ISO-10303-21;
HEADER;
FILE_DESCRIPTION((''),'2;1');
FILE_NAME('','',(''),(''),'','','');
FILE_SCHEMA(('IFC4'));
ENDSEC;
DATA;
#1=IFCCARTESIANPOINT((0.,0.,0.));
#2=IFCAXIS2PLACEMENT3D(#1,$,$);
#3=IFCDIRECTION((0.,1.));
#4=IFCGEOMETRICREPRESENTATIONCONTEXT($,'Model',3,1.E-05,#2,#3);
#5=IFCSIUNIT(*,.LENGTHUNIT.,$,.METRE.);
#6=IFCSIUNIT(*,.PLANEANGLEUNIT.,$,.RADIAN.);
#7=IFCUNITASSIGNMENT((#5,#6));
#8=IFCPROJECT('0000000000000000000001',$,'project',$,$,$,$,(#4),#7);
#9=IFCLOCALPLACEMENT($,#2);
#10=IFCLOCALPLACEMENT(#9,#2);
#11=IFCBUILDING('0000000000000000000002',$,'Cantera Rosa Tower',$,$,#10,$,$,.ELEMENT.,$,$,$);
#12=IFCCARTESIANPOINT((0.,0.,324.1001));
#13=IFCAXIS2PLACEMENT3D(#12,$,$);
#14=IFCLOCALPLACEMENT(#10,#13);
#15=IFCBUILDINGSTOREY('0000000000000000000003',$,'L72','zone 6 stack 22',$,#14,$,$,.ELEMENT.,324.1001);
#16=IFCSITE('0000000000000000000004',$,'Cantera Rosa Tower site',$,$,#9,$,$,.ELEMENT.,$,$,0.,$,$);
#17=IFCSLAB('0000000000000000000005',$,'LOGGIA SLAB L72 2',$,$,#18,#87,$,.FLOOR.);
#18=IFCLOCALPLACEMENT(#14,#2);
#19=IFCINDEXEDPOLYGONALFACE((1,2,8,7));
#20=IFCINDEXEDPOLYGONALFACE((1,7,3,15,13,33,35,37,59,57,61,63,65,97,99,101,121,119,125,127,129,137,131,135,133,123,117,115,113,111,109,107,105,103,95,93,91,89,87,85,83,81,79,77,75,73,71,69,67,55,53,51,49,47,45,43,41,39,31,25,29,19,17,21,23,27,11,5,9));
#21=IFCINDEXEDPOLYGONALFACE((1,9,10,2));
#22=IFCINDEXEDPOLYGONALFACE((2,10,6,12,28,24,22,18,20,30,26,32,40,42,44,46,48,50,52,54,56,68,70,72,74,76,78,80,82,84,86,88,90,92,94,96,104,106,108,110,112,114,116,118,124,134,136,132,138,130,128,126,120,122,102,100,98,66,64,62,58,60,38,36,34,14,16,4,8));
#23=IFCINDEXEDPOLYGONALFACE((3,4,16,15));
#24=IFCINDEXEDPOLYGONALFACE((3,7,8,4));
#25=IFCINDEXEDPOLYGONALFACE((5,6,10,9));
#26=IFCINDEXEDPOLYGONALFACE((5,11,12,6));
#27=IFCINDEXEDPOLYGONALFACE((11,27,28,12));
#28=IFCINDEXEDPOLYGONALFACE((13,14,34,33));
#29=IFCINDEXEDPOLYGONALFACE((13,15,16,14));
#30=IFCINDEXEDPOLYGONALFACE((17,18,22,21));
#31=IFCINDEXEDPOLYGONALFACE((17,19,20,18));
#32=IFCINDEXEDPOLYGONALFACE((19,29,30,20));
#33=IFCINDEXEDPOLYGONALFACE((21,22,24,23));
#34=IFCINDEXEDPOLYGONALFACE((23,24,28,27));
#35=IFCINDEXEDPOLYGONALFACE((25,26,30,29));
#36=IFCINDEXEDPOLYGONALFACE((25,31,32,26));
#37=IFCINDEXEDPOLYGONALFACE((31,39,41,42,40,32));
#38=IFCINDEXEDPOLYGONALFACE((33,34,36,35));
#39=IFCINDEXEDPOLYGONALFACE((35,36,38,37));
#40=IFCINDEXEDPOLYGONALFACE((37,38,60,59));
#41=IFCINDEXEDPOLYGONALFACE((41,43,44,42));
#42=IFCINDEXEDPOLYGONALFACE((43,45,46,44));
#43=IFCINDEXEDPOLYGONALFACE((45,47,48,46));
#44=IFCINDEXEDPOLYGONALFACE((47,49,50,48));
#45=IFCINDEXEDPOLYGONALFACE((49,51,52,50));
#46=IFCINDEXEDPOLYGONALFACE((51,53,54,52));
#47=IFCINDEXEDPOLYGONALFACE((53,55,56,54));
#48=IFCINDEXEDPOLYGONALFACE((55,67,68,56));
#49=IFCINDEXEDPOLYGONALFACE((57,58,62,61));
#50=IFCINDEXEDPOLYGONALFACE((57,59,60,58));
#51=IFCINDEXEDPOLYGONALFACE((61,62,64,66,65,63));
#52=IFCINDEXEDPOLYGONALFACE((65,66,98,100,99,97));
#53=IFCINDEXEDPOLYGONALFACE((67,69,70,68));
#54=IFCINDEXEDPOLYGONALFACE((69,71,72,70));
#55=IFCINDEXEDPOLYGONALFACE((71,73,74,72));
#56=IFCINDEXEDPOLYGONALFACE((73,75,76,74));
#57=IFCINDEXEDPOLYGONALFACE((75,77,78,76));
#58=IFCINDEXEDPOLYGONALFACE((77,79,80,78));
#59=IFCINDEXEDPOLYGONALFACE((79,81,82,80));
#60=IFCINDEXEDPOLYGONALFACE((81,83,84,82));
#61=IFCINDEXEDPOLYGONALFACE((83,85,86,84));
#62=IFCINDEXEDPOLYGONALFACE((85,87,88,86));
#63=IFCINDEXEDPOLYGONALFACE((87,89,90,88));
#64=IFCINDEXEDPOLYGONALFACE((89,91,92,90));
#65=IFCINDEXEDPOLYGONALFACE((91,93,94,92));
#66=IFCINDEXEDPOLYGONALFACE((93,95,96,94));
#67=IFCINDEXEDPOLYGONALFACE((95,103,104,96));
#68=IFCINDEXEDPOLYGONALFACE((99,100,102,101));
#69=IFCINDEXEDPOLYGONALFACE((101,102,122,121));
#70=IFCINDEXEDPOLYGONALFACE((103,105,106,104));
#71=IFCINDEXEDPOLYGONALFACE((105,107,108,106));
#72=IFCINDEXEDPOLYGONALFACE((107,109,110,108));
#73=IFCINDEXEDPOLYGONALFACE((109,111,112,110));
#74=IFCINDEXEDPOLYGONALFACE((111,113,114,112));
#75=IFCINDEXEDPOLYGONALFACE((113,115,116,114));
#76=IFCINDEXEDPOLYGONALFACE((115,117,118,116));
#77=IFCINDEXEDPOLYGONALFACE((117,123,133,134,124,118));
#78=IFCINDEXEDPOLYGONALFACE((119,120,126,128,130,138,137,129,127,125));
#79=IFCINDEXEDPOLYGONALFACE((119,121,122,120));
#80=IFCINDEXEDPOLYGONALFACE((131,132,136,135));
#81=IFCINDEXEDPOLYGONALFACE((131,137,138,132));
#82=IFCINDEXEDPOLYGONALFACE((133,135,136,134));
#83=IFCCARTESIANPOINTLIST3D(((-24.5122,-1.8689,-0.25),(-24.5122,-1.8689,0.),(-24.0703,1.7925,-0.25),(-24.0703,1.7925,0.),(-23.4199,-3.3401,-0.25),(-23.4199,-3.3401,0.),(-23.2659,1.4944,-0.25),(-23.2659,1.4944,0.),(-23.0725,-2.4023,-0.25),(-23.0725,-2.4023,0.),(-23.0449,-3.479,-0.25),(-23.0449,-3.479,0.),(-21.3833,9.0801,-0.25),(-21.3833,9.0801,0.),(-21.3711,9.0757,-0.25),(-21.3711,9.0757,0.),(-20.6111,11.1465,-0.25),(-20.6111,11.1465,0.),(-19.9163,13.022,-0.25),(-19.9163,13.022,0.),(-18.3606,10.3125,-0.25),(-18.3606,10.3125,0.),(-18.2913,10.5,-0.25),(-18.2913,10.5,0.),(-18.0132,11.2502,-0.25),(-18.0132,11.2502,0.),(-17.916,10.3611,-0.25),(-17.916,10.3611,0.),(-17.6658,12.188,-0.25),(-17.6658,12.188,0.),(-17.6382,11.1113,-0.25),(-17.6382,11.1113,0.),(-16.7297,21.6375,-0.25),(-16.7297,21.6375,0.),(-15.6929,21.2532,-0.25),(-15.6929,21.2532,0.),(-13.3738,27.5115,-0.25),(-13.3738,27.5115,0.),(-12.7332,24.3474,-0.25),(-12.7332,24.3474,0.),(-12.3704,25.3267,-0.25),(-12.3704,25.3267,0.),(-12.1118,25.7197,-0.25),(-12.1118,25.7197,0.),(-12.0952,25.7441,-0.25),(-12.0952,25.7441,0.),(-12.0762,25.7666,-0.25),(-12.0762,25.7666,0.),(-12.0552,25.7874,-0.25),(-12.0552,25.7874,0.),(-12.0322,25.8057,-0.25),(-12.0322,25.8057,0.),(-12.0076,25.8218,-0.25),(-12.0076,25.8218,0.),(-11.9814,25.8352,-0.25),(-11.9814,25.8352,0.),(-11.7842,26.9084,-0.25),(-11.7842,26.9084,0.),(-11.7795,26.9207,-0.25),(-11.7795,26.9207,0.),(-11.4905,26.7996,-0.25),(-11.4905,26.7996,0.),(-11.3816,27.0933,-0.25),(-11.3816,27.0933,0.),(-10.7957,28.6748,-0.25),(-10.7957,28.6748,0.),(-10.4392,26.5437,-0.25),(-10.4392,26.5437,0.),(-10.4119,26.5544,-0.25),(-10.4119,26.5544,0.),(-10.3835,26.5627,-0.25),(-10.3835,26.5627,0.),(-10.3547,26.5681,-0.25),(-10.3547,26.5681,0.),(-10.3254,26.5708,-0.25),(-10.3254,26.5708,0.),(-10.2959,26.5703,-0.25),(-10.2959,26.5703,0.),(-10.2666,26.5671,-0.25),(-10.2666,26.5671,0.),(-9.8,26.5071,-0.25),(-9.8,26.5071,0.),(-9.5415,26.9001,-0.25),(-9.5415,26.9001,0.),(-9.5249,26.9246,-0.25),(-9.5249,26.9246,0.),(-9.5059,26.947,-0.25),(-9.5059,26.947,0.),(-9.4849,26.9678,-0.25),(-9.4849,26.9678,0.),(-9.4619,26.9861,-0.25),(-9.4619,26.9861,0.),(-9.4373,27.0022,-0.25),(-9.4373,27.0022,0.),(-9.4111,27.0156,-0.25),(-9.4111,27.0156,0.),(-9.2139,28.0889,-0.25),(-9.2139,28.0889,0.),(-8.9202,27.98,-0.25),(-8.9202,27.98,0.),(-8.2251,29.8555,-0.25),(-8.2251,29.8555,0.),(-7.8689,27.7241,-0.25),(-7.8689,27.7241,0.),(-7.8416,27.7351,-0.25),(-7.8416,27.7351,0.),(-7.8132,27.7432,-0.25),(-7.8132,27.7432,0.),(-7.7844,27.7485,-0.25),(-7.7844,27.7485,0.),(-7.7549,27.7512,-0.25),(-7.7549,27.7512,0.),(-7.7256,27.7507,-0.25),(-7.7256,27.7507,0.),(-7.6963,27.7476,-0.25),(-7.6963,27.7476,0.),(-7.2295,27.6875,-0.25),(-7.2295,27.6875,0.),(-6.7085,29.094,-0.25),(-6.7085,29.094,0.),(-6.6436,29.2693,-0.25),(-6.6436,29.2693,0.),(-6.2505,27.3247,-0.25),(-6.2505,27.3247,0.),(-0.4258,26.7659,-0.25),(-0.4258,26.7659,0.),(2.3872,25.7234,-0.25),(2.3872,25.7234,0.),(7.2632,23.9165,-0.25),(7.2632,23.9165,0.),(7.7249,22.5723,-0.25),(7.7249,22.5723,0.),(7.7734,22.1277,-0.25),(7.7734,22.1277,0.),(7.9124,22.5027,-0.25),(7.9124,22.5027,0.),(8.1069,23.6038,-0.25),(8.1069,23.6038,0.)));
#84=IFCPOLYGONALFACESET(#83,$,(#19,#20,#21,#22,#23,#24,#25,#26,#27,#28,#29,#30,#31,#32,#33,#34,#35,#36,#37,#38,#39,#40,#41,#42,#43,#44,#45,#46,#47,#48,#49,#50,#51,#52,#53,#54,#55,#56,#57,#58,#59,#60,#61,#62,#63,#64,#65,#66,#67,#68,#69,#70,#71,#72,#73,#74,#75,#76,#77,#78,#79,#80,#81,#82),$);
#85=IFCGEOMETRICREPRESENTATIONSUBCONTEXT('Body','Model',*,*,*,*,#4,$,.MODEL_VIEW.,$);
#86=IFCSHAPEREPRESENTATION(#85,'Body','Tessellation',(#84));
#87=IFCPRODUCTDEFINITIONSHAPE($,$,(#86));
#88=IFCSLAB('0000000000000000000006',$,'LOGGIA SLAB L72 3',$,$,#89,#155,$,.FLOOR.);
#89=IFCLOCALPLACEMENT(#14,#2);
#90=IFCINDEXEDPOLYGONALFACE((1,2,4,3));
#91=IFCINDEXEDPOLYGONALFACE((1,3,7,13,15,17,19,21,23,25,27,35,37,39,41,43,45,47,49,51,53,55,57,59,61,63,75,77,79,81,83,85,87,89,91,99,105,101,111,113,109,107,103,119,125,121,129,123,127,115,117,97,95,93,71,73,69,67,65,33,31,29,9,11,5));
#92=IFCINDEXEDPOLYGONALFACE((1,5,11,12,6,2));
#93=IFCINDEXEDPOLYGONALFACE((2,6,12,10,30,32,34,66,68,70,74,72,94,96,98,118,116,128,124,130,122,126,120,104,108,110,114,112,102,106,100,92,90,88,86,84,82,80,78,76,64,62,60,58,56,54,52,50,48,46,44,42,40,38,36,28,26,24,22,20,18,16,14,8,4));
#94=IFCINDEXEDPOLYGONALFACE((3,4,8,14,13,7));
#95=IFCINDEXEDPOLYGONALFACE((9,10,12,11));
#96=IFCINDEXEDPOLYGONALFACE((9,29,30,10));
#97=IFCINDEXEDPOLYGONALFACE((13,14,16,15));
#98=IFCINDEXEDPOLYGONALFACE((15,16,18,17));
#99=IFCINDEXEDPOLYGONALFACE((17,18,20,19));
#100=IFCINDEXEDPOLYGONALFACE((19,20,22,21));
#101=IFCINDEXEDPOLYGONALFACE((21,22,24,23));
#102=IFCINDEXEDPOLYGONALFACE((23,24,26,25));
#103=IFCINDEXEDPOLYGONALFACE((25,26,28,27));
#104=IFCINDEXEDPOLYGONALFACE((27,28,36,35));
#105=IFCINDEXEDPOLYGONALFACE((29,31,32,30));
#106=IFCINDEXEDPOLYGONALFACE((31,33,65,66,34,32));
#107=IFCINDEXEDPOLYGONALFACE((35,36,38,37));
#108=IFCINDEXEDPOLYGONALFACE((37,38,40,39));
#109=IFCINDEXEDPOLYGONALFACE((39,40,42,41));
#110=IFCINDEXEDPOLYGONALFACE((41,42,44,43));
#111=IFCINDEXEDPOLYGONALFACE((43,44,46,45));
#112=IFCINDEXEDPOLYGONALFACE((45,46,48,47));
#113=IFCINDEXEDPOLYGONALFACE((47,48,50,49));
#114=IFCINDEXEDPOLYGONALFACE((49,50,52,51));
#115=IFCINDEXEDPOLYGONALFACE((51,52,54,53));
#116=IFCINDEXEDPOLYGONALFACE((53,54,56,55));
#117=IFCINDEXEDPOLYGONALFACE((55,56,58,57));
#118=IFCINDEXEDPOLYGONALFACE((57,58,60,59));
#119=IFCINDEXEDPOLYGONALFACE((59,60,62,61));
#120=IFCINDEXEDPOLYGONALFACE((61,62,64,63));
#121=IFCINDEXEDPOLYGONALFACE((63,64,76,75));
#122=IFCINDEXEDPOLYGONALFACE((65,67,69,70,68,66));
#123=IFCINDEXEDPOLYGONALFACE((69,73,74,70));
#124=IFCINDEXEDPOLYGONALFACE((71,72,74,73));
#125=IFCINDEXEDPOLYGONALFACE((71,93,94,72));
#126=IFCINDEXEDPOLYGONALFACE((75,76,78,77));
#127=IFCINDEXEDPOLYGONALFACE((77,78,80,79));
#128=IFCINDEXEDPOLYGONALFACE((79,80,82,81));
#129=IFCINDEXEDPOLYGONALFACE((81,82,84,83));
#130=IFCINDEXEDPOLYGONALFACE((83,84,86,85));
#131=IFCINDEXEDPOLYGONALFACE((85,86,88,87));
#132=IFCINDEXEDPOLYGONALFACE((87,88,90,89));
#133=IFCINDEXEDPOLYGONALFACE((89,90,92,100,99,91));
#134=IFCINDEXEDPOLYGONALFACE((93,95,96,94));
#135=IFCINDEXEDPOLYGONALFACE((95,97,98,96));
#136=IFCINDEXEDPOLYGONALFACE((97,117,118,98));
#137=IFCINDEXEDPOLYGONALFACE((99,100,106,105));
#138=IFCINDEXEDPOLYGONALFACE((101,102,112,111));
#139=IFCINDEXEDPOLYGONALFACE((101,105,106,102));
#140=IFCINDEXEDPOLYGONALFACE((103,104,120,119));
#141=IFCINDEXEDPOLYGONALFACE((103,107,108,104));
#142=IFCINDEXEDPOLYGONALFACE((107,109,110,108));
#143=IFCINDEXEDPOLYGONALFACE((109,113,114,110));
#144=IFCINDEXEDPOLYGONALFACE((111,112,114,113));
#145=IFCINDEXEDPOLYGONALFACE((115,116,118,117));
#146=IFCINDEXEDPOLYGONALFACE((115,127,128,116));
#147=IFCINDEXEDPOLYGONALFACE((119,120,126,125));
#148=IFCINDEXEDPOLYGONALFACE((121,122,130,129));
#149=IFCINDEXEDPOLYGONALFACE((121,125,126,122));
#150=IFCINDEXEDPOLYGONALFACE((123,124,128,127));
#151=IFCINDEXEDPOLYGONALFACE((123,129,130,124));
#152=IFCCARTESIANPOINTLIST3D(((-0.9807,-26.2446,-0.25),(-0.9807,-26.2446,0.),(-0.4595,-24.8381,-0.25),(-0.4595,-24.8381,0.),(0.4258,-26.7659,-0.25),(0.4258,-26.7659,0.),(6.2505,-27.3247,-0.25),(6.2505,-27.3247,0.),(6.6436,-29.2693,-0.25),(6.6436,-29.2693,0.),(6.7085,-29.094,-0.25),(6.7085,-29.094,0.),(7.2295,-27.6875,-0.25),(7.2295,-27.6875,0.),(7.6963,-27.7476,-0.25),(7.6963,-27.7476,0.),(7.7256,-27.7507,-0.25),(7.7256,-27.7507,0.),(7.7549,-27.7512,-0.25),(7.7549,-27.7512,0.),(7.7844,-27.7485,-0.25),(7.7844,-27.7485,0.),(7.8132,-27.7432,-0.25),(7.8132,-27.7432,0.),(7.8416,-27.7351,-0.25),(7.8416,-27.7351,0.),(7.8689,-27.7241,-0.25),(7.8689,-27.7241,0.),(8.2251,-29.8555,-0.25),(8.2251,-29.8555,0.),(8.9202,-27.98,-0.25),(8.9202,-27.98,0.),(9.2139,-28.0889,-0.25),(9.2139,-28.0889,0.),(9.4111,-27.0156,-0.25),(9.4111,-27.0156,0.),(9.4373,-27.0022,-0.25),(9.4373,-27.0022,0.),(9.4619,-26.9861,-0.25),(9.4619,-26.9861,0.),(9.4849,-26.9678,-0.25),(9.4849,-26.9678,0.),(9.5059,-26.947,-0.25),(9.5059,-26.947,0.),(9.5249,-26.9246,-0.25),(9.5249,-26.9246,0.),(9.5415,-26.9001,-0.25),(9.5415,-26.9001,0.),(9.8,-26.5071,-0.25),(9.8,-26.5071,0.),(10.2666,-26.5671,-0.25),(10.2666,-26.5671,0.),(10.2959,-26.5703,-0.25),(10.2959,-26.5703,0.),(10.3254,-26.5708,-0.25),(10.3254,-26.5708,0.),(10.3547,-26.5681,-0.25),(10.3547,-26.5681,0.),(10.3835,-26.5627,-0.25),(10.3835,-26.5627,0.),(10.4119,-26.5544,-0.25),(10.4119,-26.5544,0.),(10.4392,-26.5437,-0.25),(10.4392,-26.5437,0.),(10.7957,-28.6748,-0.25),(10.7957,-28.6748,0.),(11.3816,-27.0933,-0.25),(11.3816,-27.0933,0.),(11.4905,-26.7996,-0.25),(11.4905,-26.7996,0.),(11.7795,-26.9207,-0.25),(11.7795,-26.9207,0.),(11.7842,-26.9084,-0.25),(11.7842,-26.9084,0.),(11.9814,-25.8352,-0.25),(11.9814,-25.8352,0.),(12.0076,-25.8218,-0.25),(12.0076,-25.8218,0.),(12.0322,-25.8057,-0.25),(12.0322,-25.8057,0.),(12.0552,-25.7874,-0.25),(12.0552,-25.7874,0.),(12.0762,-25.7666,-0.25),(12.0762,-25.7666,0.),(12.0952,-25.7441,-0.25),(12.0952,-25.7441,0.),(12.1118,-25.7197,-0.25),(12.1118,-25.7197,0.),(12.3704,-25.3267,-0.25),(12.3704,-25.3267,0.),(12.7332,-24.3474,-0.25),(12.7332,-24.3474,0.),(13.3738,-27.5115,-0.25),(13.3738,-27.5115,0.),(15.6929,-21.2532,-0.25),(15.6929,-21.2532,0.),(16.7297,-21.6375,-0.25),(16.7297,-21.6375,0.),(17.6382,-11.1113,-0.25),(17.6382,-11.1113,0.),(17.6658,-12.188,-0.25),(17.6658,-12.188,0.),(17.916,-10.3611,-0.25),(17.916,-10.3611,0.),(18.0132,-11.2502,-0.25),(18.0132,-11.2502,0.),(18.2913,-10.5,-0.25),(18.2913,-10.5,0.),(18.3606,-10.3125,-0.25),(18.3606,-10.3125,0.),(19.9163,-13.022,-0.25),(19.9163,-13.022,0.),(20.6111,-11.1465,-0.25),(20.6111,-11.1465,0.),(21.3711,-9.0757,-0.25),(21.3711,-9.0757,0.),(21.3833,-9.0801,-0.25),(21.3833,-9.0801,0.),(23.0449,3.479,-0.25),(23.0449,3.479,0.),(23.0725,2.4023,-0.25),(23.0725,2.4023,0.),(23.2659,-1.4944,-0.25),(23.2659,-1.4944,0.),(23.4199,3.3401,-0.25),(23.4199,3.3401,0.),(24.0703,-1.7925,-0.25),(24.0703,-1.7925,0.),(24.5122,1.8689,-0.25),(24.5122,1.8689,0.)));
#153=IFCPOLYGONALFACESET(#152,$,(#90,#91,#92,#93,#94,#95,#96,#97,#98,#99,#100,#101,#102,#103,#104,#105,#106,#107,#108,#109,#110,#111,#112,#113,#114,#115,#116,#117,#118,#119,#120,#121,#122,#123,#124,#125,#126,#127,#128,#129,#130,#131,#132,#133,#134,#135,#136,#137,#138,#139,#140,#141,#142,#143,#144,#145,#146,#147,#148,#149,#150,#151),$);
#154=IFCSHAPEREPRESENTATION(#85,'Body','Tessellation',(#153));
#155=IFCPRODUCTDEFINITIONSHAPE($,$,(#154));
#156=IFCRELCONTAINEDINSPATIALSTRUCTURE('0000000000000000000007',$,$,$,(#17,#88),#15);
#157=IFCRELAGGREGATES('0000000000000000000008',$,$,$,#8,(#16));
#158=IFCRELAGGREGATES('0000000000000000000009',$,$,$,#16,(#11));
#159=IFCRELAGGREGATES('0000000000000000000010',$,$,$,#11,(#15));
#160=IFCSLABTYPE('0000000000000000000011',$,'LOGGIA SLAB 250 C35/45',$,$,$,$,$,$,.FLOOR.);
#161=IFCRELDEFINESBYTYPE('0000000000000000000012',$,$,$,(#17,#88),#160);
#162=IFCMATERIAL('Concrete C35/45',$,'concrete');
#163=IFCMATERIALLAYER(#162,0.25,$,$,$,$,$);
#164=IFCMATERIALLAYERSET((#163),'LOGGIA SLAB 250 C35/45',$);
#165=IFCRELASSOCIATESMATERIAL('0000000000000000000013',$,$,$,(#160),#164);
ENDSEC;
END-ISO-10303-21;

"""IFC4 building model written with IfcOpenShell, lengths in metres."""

from ifc_helpers import new_model, si_unit, direction, frame, origin, place, context, subcontext, project, spatial, polyline, outline, extrude, material, layer, layer_set, type_object, element, save


model = new_model("IFC4")

# Units and contexts
model_context = context("Model", 3, precision=1e-05, world=origin(), true_north=direction((0.0, 1.0)))
body_context = subcontext(model_context, "Body", "Model", "MODEL_VIEW")
ifc_project = project(units=[si_unit("LENGTHUNIT", "METRE"), si_unit("PLANEANGLEUNIT", "RADIAN")], contexts=[model_context])

# Site, building, storey
site_placement = place(None, origin())
site = spatial("IfcSite", under=ifc_project, at=site_placement, Name="Cantera Rosa Tower site", CompositionType="ELEMENT", RefElevation=0.0)
building_placement = place(site_placement, origin())
building = spatial("IfcBuilding", under=site, at=building_placement, Name="Cantera Rosa Tower", CompositionType="ELEMENT")
storey_placement = place(building_placement, frame((0.0, 0.0, 324.1001)))
storey = spatial("IfcBuildingStorey", under=building, at=storey_placement, Name="L72", Description="zone 6 stack 22", CompositionType="ELEMENT", Elevation=324.1001)

# Slabs
ifc_material_1 = material(Name="Concrete C35/45", Category="concrete")
ifc_layer_1 = layer(ifc_material_1, 0.25)
ifc_layer_set_1 = layer_set([ifc_layer_1], Name="LOGGIA SLAB 250 C35/45")
slab_type_1 = type_object("IfcSlabType", Name="LOGGIA SLAB 250 C35/45", PredefinedType="FLOOR", material=ifc_layer_set_1)
slab_1_placement = place(storey_placement, frame((0.0, 0.0, -0.25)))
element("IfcSlab", 1, at=slab_1_placement, inside=storey, type_object=slab_type_1, Name="LOGGIA SLAB L72 2", PredefinedType="FLOOR", context=body_context, shape_type="SweptSolid", body=[
    extrude(outline(polyline([(-21.3711, 9.0757), (-21.3833, 9.0801), (-16.7297, 21.6375), (-15.6929, 21.2532), (-13.3738, 27.5115), (-11.7795, 26.9207), (-11.7842, 26.9084), (-11.4905, 26.7996), (-11.3816, 27.0933), (-10.7957, 28.6748), (-9.2139, 28.0889), (-8.9202, 27.98), (-8.2251, 29.8555), (-6.6436, 29.2693), (-6.7085, 29.094), (-0.4258, 26.7659), (2.3872, 25.7234), (7.2632, 23.9165), (8.1069, 23.6038), (7.7249, 22.5723), (7.9124, 22.5027), (7.7734, 22.1277), (-6.2505, 27.3247), (-7.2295, 27.6875), (-7.6963, 27.7476), (-7.7256, 27.7507), (-7.7549, 27.7512), (-7.7844, 27.7485), (-7.8132, 27.7432), (-7.8416, 27.7351), (-7.8689, 27.7241), (-9.4111, 27.0156), (-9.4373, 27.0022), (-9.4619, 26.9861), (-9.4849, 26.9678), (-9.5059, 26.947), (-9.5249, 26.9246), (-9.5415, 26.9001), (-9.8, 26.5071), (-10.2666, 26.5671), (-10.2959, 26.5703), (-10.3254, 26.5708), (-10.3547, 26.5681), (-10.3835, 26.5627), (-10.4119, 26.5544), (-10.4392, 26.5437), (-11.9814, 25.8352), (-12.0076, 25.8218), (-12.0322, 25.8057), (-12.0552, 25.7874), (-12.0762, 25.7666), (-12.0952, 25.7441), (-12.1118, 25.7197), (-12.3704, 25.3267), (-12.7332, 24.3474), (-17.6382, 11.1113), (-18.0132, 11.2502), (-17.6658, 12.188), (-19.9163, 13.022), (-20.6111, 11.1465), (-18.3606, 10.3125), (-18.2913, 10.5), (-17.916, 10.3611), (-23.0449, -3.479), (-23.4199, -3.3401), (-23.0725, -2.4023), (-24.5122, -1.8689), (-23.2659, 1.4944), (-24.0703, 1.7925), (-21.3711, 9.0757)])), origin(), (0.0, 0.0, 1.0), 0.25),
])
slab_2_placement = place(storey_placement, frame((0.0, 0.0, -0.25)))
element("IfcSlab", 2, at=slab_2_placement, inside=storey, type_object=slab_type_1, Name="LOGGIA SLAB L72 3", PredefinedType="FLOOR", context=body_context, shape_type="SweptSolid", body=[
    extrude(outline(polyline([(13.3738, -27.5115), (11.7795, -26.9207), (11.7842, -26.9084), (11.4905, -26.7996), (11.3816, -27.0933), (10.7957, -28.6748), (9.2139, -28.0889), (8.9202, -27.98), (8.2251, -29.8555), (6.6436, -29.2693), (6.7085, -29.094), (0.4258, -26.7659), (-0.9807, -26.2446), (-0.4595, -24.8381), (6.2505, -27.3247), (7.2295, -27.6875), (7.6963, -27.7476), (7.7256, -27.7507), (7.7549, -27.7512), (7.7844, -27.7485), (7.8132, -27.7432), (7.8416, -27.7351), (7.8689, -27.7241), (9.4111, -27.0156), (9.4373, -27.0022), (9.4619, -26.9861), (9.4849, -26.9678), (9.5059, -26.947), (9.5249, -26.9246), (9.5415, -26.9001), (9.8, -26.5071), (10.2666, -26.5671), (10.2959, -26.5703), (10.3254, -26.5708), (10.3547, -26.5681), (10.3835, -26.5627), (10.4119, -26.5544), (10.4392, -26.5437), (11.9814, -25.8352), (12.0076, -25.8218), (12.0322, -25.8057), (12.0552, -25.7874), (12.0762, -25.7666), (12.0952, -25.7441), (12.1118, -25.7197), (12.3704, -25.3267), (12.7332, -24.3474), (17.6382, -11.1113), (18.0132, -11.2502), (17.6658, -12.188), (19.9163, -13.022), (20.6111, -11.1465), (18.3606, -10.3125), (18.2913, -10.5), (17.916, -10.3611), (23.0449, 3.479), (23.4199, 3.3401), (23.0725, 2.4023), (24.5122, 1.8689), (23.2659, -1.4944), (24.0703, -1.7925), (21.3711, -9.0757), (21.3833, -9.0801), (16.7297, -21.6375), (15.6929, -21.2532), (13.3738, -27.5115)])), origin(), (0.0, 0.0, 1.0), 0.25),
])

save(model, "model.ifc")
